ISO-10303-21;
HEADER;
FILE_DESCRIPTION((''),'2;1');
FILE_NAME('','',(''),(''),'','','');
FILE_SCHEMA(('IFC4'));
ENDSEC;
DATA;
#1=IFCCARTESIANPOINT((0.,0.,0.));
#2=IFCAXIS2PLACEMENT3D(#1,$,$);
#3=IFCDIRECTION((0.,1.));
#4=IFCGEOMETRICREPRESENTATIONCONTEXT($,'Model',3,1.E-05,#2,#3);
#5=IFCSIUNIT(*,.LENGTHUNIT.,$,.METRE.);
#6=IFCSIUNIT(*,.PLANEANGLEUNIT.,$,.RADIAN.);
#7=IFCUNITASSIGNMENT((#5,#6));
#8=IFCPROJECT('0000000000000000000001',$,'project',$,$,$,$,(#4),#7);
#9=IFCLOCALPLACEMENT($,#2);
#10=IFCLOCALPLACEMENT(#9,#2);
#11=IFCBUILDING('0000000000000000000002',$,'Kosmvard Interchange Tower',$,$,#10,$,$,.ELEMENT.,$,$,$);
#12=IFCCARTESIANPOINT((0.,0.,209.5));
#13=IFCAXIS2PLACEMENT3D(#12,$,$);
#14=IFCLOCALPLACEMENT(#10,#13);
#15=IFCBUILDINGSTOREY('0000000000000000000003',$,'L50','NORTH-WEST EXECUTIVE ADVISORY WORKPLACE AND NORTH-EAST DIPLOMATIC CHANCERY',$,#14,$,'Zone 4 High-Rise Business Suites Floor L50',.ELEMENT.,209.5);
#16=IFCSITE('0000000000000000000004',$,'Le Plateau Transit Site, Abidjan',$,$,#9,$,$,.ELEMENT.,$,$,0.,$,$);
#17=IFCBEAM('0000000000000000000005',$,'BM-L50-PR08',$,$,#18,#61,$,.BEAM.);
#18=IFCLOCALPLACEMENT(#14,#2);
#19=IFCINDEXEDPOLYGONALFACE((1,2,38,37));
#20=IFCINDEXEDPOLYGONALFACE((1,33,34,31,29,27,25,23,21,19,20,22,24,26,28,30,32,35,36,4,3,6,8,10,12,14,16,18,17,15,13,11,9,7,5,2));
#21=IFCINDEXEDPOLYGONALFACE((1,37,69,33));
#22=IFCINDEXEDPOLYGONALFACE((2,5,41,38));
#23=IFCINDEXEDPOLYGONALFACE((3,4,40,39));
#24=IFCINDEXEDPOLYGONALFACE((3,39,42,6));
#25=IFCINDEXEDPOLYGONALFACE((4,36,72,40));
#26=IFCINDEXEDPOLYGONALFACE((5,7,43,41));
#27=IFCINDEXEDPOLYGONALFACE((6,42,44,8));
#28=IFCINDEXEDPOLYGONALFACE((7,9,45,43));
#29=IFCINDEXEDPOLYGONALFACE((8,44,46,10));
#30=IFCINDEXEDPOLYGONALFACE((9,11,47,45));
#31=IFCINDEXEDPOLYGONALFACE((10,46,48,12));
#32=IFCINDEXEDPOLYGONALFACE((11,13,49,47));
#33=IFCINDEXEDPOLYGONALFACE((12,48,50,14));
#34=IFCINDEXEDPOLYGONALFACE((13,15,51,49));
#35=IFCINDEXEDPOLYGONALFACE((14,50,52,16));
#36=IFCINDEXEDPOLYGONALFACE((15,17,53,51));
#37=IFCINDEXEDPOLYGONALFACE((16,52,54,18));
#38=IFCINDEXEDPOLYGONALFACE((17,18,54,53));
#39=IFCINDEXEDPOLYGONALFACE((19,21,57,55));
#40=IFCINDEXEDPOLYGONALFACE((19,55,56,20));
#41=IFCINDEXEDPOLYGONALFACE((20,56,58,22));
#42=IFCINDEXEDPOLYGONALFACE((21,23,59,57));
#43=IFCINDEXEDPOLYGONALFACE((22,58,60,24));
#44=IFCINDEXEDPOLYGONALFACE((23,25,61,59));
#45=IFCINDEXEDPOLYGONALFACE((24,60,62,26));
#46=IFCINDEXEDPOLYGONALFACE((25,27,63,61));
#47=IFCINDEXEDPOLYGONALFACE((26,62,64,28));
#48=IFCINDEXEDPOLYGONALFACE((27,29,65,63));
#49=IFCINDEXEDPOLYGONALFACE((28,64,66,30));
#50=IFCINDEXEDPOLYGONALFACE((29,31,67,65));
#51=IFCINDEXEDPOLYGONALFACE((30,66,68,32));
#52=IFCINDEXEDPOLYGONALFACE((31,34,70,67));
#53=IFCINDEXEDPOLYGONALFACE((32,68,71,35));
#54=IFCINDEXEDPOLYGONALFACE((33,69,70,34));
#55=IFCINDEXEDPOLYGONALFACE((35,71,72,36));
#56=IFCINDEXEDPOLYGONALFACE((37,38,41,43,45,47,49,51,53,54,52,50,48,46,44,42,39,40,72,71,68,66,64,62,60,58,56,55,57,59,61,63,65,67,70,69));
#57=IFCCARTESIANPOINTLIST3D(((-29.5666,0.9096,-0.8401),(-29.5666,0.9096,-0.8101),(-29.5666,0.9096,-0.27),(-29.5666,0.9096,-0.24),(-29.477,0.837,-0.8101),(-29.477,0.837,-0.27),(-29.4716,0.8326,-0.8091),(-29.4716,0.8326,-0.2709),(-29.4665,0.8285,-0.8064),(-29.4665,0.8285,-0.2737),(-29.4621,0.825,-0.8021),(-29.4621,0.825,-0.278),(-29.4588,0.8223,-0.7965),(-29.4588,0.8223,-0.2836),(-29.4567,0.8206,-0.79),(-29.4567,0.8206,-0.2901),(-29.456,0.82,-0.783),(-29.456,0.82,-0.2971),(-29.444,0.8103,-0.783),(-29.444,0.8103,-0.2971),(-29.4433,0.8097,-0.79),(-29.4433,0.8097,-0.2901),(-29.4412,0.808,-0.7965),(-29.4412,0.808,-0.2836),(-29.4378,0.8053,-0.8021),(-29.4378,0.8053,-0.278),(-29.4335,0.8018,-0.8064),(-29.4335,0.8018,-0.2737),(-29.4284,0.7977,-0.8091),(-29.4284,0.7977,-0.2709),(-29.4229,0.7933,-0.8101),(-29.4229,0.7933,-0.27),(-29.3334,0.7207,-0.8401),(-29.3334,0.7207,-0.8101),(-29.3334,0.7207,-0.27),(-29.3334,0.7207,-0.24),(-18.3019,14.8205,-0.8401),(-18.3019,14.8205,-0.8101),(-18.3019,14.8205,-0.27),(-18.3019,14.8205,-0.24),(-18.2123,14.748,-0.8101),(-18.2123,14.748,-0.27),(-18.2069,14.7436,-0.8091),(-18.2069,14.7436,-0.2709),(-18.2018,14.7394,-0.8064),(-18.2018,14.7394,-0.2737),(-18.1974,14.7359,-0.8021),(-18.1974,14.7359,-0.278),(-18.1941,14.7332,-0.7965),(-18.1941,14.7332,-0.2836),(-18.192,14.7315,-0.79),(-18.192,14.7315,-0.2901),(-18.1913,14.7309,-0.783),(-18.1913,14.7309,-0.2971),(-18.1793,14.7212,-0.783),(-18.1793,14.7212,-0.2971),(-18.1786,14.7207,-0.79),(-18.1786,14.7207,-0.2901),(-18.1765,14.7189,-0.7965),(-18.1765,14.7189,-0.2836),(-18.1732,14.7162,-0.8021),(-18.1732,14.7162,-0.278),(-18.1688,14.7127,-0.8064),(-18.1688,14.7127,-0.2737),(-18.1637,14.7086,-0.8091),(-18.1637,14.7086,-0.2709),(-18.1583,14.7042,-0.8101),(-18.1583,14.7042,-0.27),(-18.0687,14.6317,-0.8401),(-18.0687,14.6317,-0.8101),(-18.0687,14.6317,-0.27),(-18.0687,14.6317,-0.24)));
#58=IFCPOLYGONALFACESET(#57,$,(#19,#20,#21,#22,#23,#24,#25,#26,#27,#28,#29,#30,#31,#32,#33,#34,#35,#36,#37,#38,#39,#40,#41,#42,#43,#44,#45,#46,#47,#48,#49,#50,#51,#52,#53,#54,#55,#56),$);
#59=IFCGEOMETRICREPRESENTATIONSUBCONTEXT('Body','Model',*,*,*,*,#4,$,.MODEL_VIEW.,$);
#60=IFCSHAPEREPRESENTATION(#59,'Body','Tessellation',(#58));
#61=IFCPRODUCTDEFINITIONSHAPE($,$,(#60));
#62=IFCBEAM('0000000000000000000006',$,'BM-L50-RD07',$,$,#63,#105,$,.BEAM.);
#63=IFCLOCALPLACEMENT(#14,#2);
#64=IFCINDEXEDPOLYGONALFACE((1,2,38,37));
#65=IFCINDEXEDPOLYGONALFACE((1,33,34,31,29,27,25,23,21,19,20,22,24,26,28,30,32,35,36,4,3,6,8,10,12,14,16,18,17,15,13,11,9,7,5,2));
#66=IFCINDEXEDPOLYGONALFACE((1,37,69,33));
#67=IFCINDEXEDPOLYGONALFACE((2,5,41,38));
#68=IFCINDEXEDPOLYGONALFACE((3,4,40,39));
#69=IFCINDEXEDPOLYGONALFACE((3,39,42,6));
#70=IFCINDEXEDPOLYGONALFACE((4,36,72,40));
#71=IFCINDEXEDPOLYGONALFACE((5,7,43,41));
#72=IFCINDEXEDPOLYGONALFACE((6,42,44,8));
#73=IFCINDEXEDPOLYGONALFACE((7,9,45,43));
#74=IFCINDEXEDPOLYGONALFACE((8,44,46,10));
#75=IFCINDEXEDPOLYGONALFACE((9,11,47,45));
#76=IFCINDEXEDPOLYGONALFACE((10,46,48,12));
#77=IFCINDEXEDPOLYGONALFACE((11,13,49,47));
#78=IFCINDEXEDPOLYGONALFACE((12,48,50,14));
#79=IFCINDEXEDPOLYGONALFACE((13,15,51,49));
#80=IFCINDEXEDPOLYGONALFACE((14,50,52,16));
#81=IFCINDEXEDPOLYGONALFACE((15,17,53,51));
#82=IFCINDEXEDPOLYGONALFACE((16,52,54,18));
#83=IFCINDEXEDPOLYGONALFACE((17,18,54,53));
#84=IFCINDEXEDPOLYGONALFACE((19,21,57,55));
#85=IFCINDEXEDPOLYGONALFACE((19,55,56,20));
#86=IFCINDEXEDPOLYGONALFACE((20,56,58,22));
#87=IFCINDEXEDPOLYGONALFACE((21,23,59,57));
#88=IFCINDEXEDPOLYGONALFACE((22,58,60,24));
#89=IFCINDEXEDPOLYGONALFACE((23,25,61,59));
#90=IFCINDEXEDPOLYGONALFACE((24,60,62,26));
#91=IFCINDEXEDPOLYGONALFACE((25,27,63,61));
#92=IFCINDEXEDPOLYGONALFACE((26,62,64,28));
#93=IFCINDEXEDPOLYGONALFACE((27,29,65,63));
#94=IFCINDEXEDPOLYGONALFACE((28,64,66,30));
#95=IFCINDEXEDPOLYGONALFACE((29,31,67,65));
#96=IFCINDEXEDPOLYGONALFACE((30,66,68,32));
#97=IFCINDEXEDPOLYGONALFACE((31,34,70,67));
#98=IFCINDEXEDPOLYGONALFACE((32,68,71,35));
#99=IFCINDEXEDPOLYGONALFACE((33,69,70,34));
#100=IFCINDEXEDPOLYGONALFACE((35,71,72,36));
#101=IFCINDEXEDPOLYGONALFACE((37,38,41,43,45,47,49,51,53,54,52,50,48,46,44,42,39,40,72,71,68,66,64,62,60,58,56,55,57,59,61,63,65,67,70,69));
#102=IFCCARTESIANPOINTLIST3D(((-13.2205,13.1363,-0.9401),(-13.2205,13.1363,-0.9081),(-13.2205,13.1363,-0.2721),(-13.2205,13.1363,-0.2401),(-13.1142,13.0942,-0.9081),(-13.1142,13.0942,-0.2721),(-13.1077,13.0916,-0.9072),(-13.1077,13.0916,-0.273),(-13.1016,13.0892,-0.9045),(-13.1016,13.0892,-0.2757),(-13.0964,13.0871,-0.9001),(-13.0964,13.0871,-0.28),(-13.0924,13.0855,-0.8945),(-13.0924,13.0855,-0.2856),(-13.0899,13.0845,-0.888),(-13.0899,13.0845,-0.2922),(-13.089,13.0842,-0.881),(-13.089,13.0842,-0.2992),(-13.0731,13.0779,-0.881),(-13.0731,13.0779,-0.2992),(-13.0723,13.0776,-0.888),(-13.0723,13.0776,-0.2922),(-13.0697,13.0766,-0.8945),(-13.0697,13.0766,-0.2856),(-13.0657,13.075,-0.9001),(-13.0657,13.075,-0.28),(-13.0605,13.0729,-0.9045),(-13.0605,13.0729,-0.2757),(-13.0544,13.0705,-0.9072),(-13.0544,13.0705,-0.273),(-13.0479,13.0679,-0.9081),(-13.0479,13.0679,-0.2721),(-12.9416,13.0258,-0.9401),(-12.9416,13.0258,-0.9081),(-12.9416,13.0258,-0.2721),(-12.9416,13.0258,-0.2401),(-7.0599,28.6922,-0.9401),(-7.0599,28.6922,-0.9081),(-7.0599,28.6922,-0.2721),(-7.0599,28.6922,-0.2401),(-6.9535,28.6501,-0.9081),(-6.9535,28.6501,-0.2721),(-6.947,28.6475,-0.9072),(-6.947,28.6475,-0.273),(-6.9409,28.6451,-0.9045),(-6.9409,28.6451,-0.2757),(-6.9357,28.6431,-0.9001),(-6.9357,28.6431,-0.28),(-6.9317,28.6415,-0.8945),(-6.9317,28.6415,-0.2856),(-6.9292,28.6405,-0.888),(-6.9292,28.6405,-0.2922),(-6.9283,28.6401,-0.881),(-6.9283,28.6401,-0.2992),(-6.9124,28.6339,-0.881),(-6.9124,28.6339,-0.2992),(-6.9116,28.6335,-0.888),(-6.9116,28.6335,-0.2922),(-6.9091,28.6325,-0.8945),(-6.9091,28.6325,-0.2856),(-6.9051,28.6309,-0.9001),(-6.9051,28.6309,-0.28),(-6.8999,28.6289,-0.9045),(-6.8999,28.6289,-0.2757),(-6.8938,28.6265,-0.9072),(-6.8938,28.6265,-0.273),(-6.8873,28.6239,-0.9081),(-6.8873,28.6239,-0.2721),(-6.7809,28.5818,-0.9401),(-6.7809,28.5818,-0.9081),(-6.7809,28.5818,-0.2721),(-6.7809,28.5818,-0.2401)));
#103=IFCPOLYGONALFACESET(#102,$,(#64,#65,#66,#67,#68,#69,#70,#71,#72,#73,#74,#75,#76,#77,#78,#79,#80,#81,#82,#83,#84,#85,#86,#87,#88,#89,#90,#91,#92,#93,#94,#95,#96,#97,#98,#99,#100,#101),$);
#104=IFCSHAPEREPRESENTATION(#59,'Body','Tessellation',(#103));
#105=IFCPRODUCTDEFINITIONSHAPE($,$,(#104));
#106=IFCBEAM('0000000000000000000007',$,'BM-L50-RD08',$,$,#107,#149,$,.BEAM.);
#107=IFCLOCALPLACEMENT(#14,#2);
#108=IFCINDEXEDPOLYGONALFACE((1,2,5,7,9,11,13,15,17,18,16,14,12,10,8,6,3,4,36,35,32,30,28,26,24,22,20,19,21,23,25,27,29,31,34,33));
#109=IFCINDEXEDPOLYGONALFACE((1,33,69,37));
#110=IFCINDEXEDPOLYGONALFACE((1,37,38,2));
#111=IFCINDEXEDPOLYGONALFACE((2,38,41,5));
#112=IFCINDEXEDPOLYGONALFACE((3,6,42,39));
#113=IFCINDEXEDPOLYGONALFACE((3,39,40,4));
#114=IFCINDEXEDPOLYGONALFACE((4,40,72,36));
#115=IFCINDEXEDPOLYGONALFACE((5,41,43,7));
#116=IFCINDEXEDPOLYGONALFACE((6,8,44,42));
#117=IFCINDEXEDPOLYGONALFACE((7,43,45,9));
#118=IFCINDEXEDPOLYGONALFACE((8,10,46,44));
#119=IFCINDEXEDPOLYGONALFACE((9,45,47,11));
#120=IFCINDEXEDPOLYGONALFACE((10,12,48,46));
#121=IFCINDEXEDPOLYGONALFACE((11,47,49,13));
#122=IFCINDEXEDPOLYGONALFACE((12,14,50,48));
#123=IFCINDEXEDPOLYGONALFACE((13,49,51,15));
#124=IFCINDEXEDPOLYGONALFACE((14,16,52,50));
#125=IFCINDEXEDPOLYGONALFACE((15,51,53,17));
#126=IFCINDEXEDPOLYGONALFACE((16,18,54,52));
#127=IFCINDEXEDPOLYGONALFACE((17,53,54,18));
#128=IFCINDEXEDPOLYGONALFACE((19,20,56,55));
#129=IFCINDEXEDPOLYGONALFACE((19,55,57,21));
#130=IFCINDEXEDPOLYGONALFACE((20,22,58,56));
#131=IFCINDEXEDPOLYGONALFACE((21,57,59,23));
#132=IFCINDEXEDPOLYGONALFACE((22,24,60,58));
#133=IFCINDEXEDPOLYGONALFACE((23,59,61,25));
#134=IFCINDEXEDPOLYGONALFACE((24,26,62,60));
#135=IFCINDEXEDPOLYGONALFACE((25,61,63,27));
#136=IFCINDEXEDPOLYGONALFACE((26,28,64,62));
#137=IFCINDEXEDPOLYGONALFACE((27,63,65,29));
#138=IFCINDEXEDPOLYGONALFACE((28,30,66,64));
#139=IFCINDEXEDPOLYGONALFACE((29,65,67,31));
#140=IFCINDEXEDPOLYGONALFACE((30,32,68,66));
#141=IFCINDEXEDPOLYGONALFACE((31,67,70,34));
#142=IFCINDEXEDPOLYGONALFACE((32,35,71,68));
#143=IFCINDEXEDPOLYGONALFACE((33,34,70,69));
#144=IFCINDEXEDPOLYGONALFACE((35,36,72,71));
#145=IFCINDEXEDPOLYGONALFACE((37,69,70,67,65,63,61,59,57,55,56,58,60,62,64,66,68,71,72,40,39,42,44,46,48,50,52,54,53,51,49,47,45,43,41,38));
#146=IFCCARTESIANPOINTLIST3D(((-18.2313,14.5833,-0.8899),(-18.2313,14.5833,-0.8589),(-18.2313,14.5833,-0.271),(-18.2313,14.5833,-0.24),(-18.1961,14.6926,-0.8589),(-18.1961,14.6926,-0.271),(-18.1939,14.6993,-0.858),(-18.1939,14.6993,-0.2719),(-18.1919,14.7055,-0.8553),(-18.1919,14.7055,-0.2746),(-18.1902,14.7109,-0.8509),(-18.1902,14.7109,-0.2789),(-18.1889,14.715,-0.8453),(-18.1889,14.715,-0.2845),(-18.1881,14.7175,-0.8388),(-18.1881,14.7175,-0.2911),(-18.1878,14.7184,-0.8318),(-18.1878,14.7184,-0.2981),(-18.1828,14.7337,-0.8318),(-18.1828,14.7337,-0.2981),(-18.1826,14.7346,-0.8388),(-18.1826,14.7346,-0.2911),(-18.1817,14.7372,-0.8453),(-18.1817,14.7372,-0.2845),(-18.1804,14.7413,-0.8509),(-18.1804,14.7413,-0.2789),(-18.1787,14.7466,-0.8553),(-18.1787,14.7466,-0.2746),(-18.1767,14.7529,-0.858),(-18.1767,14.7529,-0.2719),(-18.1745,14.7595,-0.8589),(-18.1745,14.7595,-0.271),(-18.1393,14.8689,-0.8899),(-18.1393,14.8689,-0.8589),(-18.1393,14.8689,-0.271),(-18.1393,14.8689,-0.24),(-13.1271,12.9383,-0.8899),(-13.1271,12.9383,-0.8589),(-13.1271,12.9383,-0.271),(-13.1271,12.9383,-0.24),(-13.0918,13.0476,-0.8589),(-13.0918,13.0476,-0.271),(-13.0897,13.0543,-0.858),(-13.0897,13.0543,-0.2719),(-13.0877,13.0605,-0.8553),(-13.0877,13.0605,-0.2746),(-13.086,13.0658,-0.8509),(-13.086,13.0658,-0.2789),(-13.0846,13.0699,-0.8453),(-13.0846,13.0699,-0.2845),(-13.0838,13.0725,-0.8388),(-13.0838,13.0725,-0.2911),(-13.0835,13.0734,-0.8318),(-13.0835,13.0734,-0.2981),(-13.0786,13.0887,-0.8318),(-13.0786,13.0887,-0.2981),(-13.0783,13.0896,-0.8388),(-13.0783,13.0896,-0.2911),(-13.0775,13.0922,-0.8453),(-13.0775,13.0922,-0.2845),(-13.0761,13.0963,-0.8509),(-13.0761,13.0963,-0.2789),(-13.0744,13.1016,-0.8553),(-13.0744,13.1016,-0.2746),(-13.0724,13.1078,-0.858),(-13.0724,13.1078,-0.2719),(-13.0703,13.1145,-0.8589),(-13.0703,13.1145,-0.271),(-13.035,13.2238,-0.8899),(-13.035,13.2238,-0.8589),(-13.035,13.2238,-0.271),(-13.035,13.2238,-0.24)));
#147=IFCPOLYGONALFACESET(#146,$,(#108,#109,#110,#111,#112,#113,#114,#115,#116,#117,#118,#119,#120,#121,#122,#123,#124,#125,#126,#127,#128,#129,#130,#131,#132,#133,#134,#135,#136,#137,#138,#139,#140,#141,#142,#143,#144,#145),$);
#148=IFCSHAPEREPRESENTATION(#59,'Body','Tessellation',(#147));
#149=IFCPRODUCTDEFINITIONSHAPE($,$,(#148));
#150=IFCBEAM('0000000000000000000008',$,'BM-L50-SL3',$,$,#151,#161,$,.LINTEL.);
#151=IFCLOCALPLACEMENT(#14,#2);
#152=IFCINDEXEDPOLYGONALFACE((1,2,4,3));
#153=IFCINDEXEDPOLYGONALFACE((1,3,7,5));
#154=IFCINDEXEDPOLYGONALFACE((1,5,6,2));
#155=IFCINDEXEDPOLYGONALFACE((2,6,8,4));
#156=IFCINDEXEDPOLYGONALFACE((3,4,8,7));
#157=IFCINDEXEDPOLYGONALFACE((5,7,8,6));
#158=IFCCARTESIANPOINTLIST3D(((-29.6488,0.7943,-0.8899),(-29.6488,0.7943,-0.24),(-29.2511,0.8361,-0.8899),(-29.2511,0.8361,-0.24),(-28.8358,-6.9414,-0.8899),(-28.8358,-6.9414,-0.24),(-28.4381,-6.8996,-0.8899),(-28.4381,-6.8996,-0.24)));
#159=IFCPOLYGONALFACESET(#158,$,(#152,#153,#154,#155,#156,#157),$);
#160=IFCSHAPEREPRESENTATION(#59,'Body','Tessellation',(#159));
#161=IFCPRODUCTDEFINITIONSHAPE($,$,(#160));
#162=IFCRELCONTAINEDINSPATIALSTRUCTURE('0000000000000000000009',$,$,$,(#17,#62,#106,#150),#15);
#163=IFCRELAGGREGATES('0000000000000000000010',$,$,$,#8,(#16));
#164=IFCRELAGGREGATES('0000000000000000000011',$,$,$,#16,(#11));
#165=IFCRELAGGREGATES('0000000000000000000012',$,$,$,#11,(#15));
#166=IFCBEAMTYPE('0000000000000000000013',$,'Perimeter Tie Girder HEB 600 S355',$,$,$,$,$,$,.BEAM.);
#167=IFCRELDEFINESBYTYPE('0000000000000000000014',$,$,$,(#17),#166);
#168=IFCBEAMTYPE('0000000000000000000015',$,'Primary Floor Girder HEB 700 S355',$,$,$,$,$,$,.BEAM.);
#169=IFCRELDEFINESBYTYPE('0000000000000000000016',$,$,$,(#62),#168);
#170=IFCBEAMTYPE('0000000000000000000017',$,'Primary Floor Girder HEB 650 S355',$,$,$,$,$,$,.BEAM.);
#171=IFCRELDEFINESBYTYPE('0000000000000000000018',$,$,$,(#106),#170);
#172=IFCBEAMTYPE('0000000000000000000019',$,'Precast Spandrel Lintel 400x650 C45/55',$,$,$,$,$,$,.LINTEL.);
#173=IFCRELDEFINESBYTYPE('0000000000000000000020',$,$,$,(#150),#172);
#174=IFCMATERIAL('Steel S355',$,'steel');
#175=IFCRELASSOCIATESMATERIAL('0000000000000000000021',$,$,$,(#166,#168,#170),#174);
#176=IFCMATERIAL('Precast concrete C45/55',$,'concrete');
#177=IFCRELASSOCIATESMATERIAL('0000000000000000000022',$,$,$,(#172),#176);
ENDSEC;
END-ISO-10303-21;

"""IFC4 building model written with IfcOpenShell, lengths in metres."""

from ifc_helpers import new_model, si_unit, direction, frame, origin, origin_2d, place, context, subcontext, project, spatial, rectangle, i_section, extrude, source, transform, mapped, material, material_profile, profile_set, type_object, element, save


model = new_model("IFC4")

# Units and contexts
model_context = context("Model", 3, precision=1e-05, world=origin(), true_north=direction((0.0, 1.0)))
body_context = subcontext(model_context, "Body", "Model", "MODEL_VIEW")
ifc_project = project(units=[si_unit("LENGTHUNIT", "METRE"), si_unit("PLANEANGLEUNIT", "RADIAN")], contexts=[model_context])

# Site, building, storey
site_placement = place(None, origin())
site = spatial("IfcSite", under=ifc_project, at=site_placement, Name="Le Plateau Transit Site, Abidjan", CompositionType="ELEMENT", RefElevation=0.0)
building_placement = place(site_placement, origin())
building = spatial("IfcBuilding", under=site, at=building_placement, Name="Kosmvard Interchange Tower", CompositionType="ELEMENT")
storey_placement = place(building_placement, frame((0.0, 0.0, 209.5)))
storey = spatial("IfcBuildingStorey", under=building, at=storey_placement, Name="L50", Description="NORTH-WEST EXECUTIVE ADVISORY WORKPLACE AND NORTH-EAST DIPLOMATIC CHANCERY", LongName="Zone 4 High-Rise Business Suites Floor L50", CompositionType="ELEMENT", Elevation=209.5)

# Beams
ifc_material_1 = material(Name="Steel S355", Category="steel")
ifc_material_profile_1 = material_profile(ifc_material_1, i_section(OverallWidth=0.3, OverallDepth=0.6001, WebThickness=0.0154, FlangeThickness=0.03, FilletRadius=0.0271, at=origin_2d()), Name="HEB 600")
ifc_profile_set_1 = profile_set([ifc_material_profile_1], Name="Steel S355")
beam_type_1 = type_object("IfcBeamType", Name="Perimeter Tie Girder HEB 600 S355", PredefinedType="BEAM", material=ifc_profile_set_1)
shared_shape_1 = source(origin(), body_context, "Body", "SweptSolid", [
    extrude(i_section(OverallWidth=0.3, OverallDepth=0.6001, WebThickness=0.0154, FlangeThickness=0.03, FilletRadius=0.0271, at=origin_2d()), origin(), (0.0, 0.0, 1.0), 17.8999),
])
beam_1_placement = place(storey_placement, frame((-18.1853, 14.7261, -0.54), z_axis=(-0.629315, -0.777151, 0.0), x_axis=(0.777151, -0.629315, 0.0)))
element("IfcBeam", 1, at=beam_1_placement, inside=storey, type_object=beam_type_1, Name="BM-L50-PR08", PredefinedType="BEAM", context=body_context, shape_type="MappedRepresentation", body=[
    mapped(shared_shape_1, transform((0.0, 0.0, 0.0), scale=1.0)),
])
ifc_material_profile_2 = material_profile(ifc_material_1, i_section(OverallWidth=0.3, OverallDepth=0.7, WebThickness=0.0171, FlangeThickness=0.032, FilletRadius=0.0271, at=origin_2d()), Name="HEB 700")
ifc_profile_set_2 = profile_set([ifc_material_profile_2], Name="Steel S355")
beam_type_2 = type_object("IfcBeamType", Name="Primary Floor Girder HEB 700 S355", PredefinedType="BEAM", material=ifc_profile_set_2)
shared_shape_2 = source(origin(), body_context, "Body", "SweptSolid", [
    extrude(i_section(OverallWidth=0.3, OverallDepth=0.7, WebThickness=0.0171, FlangeThickness=0.032, FilletRadius=0.0271, at=origin_2d()), origin(), (0.0, 0.0, 1.0), 16.7314),
])
beam_2_placement = place(storey_placement, frame((-13.0811, 13.0811, -0.5901), z_axis=(0.368209, 0.929743, 0.0), x_axis=(-0.929743, 0.368209, 0.0)))
element("IfcBeam", 2, at=beam_2_placement, inside=storey, type_object=beam_type_2, Name="BM-L50-RD07", PredefinedType="BEAM", context=body_context, shape_type="MappedRepresentation", body=[
    mapped(shared_shape_2, transform((0.0, 0.0, 0.0), scale=1.0)),
])
ifc_material_profile_3 = material_profile(ifc_material_1, i_section(OverallWidth=0.3, OverallDepth=0.6499, WebThickness=0.0161, FlangeThickness=0.031, FilletRadius=0.0271, at=origin_2d()), Name="HEB 650")
ifc_profile_set_3 = profile_set([ifc_material_profile_3], Name="Steel S355")
beam_type_3 = type_object("IfcBeamType", Name="Primary Floor Girder HEB 650 S355", PredefinedType="BEAM", material=ifc_profile_set_3)
shared_shape_3 = source(origin(), body_context, "Body", "SweptSolid", [
    extrude(i_section(OverallWidth=0.3, OverallDepth=0.6499, WebThickness=0.0161, FlangeThickness=0.031, FilletRadius=0.0271, at=origin_2d()), origin(), (0.0, 0.0, 1.0), 5.3628),
])
beam_3_placement = place(storey_placement, frame((-13.0811, 13.0811, -0.5649), z_axis=(-0.951791, 0.306747, 0.0), x_axis=(-0.306747, -0.951791, 0.0)))
element("IfcBeam", 3, at=beam_3_placement, inside=storey, type_object=beam_type_3, Name="BM-L50-RD08", PredefinedType="BEAM", context=body_context, shape_type="MappedRepresentation", body=[
    mapped(shared_shape_3, transform((0.0, 0.0, 0.0), scale=1.0)),
])
ifc_material_2 = material(Name="Precast concrete C45/55", Category="concrete")
ifc_material_profile_4 = material_profile(ifc_material_2, rectangle(XDim=0.3999, YDim=0.6499, at=origin_2d()), Name="SL 400x650")
ifc_profile_set_4 = profile_set([ifc_material_profile_4], Name="Precast concrete C45/55")
beam_type_4 = type_object("IfcBeamType", Name="Precast Spandrel Lintel 400x650 C45/55", PredefinedType="LINTEL", material=ifc_profile_set_4)
shared_shape_4 = source(origin(), body_context, "Body", "SweptSolid", [
    extrude(rectangle(XDim=0.3999, YDim=0.6499, at=origin_2d()), origin(), (0.0, 0.0, 1.0), 7.7783),
])
beam_4_placement = place(storey_placement, frame((-29.45, 0.8152, -0.5649), z_axis=(0.104521, -0.994523, 0.0), x_axis=(0.994523, 0.104521, 0.0)))
element("IfcBeam", 4, at=beam_4_placement, inside=storey, type_object=beam_type_4, Name="BM-L50-SL3", PredefinedType="LINTEL", context=body_context, shape_type="MappedRepresentation", body=[
    mapped(shared_shape_4, transform((0.0, 0.0, 0.0), scale=1.0)),
])

save(model, "model.ifc")
